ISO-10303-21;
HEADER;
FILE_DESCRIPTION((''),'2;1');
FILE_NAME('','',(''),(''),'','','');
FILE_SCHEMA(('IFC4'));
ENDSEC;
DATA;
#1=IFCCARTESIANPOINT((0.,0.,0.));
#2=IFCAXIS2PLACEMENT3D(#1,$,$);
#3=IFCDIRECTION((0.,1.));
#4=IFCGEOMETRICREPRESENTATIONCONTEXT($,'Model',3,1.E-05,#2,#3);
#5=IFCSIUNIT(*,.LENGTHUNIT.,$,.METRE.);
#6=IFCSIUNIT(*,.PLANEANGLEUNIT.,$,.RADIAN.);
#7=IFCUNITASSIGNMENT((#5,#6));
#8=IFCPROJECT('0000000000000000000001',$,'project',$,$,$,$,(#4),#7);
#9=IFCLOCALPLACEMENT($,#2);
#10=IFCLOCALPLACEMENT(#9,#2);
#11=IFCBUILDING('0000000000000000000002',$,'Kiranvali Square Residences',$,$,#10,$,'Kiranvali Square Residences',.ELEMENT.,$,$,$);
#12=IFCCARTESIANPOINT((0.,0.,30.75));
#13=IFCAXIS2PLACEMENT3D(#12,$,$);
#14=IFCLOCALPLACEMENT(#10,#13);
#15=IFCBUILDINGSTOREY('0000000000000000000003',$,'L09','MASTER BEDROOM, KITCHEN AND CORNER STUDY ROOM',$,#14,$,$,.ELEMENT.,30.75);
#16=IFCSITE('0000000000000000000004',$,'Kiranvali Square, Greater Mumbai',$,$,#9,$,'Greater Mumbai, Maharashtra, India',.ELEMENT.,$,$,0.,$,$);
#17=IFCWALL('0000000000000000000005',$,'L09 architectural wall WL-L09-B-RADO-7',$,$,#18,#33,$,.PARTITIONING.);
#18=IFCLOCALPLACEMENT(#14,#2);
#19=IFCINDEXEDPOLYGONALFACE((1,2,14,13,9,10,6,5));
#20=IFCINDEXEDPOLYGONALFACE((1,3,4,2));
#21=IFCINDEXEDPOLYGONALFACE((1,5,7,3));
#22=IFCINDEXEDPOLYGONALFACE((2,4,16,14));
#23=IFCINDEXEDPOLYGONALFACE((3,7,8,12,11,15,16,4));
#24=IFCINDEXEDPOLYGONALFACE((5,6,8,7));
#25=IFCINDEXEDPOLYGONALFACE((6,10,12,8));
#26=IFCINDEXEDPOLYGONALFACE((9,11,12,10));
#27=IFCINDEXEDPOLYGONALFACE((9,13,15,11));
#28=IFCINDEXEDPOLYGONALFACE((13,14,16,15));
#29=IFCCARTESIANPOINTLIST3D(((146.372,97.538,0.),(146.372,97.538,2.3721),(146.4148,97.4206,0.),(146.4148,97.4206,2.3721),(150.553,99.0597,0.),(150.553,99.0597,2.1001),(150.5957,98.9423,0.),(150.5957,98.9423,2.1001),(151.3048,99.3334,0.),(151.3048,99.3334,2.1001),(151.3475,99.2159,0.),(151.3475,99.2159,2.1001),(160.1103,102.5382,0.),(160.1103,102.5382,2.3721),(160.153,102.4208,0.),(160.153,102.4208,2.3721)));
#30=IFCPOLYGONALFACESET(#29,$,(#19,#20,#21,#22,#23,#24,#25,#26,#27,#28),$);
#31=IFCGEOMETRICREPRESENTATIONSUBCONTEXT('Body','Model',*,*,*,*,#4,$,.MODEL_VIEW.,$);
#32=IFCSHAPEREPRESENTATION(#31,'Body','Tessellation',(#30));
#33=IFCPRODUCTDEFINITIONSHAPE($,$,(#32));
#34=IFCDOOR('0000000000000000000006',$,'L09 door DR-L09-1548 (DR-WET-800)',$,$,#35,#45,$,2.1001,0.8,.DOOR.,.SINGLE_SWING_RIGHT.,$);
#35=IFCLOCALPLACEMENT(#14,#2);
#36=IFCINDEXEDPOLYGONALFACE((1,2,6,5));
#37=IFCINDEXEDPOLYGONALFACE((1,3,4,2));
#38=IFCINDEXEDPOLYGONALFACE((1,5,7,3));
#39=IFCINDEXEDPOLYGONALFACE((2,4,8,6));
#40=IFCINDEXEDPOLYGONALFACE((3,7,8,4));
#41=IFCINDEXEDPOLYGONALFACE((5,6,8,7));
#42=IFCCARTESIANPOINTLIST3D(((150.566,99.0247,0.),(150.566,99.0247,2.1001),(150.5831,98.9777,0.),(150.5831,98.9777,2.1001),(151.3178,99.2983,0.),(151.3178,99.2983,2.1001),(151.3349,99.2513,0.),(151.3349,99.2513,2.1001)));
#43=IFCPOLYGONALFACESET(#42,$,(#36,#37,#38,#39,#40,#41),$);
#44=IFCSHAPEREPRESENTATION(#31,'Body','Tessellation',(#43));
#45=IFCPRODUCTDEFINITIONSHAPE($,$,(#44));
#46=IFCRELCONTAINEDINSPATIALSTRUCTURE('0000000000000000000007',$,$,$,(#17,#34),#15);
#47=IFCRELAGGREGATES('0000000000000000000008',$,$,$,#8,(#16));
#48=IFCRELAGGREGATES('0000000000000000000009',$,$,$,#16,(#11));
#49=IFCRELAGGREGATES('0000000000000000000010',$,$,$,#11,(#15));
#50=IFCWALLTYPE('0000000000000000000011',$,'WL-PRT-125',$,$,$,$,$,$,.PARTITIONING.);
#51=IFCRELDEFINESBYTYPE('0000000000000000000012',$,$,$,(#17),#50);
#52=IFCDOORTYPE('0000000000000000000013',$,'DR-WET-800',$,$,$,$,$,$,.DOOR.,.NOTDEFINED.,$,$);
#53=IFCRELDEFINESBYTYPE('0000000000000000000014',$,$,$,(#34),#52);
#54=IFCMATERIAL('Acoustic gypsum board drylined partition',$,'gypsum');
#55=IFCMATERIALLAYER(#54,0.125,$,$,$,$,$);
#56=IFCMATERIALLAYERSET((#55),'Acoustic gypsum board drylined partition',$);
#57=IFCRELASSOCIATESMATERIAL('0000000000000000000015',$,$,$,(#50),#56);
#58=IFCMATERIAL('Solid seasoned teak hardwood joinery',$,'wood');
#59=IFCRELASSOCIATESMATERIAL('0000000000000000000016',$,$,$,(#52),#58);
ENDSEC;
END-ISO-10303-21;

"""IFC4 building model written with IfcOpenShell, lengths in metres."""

from ifc_helpers import new_model, si_unit, direction, frame, frame_2d, origin, place, context, subcontext, project, spatial, rectangle, extrude, material, layer, layer_set, type_object, element, fill, save


model = new_model("IFC4")

# Units and contexts
model_context = context("Model", 3, precision=1e-05, world=origin(), true_north=direction((0.0, 1.0)))
body_context = subcontext(model_context, "Body", "Model", "MODEL_VIEW")
ifc_project = project(units=[si_unit("LENGTHUNIT", "METRE"), si_unit("PLANEANGLEUNIT", "RADIAN")], contexts=[model_context])

# Site, building, storey
site_placement = place(None, origin())
site = spatial("IfcSite", under=ifc_project, at=site_placement, Name="Kiranvali Square, Greater Mumbai", LongName="Greater Mumbai, Maharashtra, India", CompositionType="ELEMENT", RefElevation=0.0)
building_placement = place(site_placement, origin())
building = spatial("IfcBuilding", under=site, at=building_placement, Name="Kiranvali Square Residences", LongName="Kiranvali Square Residences", CompositionType="ELEMENT")
storey_placement = place(building_placement, frame((0.0, 0.0, 30.75)))
storey = spatial("IfcBuildingStorey", under=building, at=storey_placement, Name="L09", Description="MASTER BEDROOM, KITCHEN AND CORNER STUDY ROOM", CompositionType="ELEMENT", Elevation=30.75)

# Wall, opening, door
ifc_material_1 = material(Name="Acoustic gypsum board drylined partition", Category="gypsum")
ifc_layer_1 = layer(ifc_material_1, 0.125)
ifc_layer_set_1 = layer_set([ifc_layer_1], Name="Acoustic gypsum board drylined partition")
wall_type_1 = type_object("IfcWallType", Name="WL-PRT-125", PredefinedType="PARTITIONING", material=ifc_layer_set_1)
wall_1_placement = place(storey_placement, frame((146.3933, 97.4792, 0.0), z_axis=(0.0, 0.0, 1.0), x_axis=(0.939694, 0.342015, 0.0)))
wall_1 = element("IfcWall", 1, at=wall_1_placement, inside=storey, type_object=wall_type_1, Name="L09 architectural wall WL-L09-B-RADO-7", PredefinedType="PARTITIONING", context=body_context, shape_type="SweptSolid", body=[
    extrude(rectangle(XDim=14.6199, YDim=0.125, at=frame_2d((7.3101, 0.0))), origin(), (0.0, 0.0, 1.0), 2.3721),
])
opening_1_placement = place(wall_1_placement, frame((4.4495, 0.0, 0.0)))
opening_1 = element("IfcOpeningElement", 2, at=opening_1_placement, cuts=wall_1, PredefinedType="OPENING", context=body_context, shape_type="SweptSolid", body=[
    extrude(rectangle(XDim=0.8, YDim=2.1001, at=frame_2d((0.3999, 1.05))), frame((0.0, 0.0725, 0.0), z_axis=(0.0, -1.0, 0.0), x_axis=(1.0, 0.0, 0.0)), (0.0, 0.0, 1.0), 0.145),
])
ifc_material_2 = material(Name="Solid seasoned teak hardwood joinery", Category="wood")
door_type_1 = type_object("IfcDoorType", Name="DR-WET-800", OperationType="NOTDEFINED", PredefinedType="DOOR", material=ifc_material_2)
door_1_placement = place(opening_1_placement, frame((0.8, 0.0, 0.0), z_axis=(0.0, 0.0, 1.0), x_axis=(-1.0, 0.0, 0.0)))
door_1 = element("IfcDoor", 3, at=door_1_placement, inside=storey, type_object=door_type_1, Name="L09 door DR-L09-1548 (DR-WET-800)", OperationType="SINGLE_SWING_RIGHT", OverallHeight=2.1001, OverallWidth=0.8, PredefinedType="DOOR", context=body_context, shape_type="SweptSolid", body=[
    extrude(rectangle(XDim=0.8, YDim=2.1001, at=frame_2d((0.3999, 1.05))), frame((0.0, 0.0249, 0.0), z_axis=(0.0, -1.0, 0.0), x_axis=(1.0, 0.0, 0.0)), (0.0, 0.0, 1.0), 0.05),
])
fill(opening_1, door_1)

save(model, "model.ifc")
